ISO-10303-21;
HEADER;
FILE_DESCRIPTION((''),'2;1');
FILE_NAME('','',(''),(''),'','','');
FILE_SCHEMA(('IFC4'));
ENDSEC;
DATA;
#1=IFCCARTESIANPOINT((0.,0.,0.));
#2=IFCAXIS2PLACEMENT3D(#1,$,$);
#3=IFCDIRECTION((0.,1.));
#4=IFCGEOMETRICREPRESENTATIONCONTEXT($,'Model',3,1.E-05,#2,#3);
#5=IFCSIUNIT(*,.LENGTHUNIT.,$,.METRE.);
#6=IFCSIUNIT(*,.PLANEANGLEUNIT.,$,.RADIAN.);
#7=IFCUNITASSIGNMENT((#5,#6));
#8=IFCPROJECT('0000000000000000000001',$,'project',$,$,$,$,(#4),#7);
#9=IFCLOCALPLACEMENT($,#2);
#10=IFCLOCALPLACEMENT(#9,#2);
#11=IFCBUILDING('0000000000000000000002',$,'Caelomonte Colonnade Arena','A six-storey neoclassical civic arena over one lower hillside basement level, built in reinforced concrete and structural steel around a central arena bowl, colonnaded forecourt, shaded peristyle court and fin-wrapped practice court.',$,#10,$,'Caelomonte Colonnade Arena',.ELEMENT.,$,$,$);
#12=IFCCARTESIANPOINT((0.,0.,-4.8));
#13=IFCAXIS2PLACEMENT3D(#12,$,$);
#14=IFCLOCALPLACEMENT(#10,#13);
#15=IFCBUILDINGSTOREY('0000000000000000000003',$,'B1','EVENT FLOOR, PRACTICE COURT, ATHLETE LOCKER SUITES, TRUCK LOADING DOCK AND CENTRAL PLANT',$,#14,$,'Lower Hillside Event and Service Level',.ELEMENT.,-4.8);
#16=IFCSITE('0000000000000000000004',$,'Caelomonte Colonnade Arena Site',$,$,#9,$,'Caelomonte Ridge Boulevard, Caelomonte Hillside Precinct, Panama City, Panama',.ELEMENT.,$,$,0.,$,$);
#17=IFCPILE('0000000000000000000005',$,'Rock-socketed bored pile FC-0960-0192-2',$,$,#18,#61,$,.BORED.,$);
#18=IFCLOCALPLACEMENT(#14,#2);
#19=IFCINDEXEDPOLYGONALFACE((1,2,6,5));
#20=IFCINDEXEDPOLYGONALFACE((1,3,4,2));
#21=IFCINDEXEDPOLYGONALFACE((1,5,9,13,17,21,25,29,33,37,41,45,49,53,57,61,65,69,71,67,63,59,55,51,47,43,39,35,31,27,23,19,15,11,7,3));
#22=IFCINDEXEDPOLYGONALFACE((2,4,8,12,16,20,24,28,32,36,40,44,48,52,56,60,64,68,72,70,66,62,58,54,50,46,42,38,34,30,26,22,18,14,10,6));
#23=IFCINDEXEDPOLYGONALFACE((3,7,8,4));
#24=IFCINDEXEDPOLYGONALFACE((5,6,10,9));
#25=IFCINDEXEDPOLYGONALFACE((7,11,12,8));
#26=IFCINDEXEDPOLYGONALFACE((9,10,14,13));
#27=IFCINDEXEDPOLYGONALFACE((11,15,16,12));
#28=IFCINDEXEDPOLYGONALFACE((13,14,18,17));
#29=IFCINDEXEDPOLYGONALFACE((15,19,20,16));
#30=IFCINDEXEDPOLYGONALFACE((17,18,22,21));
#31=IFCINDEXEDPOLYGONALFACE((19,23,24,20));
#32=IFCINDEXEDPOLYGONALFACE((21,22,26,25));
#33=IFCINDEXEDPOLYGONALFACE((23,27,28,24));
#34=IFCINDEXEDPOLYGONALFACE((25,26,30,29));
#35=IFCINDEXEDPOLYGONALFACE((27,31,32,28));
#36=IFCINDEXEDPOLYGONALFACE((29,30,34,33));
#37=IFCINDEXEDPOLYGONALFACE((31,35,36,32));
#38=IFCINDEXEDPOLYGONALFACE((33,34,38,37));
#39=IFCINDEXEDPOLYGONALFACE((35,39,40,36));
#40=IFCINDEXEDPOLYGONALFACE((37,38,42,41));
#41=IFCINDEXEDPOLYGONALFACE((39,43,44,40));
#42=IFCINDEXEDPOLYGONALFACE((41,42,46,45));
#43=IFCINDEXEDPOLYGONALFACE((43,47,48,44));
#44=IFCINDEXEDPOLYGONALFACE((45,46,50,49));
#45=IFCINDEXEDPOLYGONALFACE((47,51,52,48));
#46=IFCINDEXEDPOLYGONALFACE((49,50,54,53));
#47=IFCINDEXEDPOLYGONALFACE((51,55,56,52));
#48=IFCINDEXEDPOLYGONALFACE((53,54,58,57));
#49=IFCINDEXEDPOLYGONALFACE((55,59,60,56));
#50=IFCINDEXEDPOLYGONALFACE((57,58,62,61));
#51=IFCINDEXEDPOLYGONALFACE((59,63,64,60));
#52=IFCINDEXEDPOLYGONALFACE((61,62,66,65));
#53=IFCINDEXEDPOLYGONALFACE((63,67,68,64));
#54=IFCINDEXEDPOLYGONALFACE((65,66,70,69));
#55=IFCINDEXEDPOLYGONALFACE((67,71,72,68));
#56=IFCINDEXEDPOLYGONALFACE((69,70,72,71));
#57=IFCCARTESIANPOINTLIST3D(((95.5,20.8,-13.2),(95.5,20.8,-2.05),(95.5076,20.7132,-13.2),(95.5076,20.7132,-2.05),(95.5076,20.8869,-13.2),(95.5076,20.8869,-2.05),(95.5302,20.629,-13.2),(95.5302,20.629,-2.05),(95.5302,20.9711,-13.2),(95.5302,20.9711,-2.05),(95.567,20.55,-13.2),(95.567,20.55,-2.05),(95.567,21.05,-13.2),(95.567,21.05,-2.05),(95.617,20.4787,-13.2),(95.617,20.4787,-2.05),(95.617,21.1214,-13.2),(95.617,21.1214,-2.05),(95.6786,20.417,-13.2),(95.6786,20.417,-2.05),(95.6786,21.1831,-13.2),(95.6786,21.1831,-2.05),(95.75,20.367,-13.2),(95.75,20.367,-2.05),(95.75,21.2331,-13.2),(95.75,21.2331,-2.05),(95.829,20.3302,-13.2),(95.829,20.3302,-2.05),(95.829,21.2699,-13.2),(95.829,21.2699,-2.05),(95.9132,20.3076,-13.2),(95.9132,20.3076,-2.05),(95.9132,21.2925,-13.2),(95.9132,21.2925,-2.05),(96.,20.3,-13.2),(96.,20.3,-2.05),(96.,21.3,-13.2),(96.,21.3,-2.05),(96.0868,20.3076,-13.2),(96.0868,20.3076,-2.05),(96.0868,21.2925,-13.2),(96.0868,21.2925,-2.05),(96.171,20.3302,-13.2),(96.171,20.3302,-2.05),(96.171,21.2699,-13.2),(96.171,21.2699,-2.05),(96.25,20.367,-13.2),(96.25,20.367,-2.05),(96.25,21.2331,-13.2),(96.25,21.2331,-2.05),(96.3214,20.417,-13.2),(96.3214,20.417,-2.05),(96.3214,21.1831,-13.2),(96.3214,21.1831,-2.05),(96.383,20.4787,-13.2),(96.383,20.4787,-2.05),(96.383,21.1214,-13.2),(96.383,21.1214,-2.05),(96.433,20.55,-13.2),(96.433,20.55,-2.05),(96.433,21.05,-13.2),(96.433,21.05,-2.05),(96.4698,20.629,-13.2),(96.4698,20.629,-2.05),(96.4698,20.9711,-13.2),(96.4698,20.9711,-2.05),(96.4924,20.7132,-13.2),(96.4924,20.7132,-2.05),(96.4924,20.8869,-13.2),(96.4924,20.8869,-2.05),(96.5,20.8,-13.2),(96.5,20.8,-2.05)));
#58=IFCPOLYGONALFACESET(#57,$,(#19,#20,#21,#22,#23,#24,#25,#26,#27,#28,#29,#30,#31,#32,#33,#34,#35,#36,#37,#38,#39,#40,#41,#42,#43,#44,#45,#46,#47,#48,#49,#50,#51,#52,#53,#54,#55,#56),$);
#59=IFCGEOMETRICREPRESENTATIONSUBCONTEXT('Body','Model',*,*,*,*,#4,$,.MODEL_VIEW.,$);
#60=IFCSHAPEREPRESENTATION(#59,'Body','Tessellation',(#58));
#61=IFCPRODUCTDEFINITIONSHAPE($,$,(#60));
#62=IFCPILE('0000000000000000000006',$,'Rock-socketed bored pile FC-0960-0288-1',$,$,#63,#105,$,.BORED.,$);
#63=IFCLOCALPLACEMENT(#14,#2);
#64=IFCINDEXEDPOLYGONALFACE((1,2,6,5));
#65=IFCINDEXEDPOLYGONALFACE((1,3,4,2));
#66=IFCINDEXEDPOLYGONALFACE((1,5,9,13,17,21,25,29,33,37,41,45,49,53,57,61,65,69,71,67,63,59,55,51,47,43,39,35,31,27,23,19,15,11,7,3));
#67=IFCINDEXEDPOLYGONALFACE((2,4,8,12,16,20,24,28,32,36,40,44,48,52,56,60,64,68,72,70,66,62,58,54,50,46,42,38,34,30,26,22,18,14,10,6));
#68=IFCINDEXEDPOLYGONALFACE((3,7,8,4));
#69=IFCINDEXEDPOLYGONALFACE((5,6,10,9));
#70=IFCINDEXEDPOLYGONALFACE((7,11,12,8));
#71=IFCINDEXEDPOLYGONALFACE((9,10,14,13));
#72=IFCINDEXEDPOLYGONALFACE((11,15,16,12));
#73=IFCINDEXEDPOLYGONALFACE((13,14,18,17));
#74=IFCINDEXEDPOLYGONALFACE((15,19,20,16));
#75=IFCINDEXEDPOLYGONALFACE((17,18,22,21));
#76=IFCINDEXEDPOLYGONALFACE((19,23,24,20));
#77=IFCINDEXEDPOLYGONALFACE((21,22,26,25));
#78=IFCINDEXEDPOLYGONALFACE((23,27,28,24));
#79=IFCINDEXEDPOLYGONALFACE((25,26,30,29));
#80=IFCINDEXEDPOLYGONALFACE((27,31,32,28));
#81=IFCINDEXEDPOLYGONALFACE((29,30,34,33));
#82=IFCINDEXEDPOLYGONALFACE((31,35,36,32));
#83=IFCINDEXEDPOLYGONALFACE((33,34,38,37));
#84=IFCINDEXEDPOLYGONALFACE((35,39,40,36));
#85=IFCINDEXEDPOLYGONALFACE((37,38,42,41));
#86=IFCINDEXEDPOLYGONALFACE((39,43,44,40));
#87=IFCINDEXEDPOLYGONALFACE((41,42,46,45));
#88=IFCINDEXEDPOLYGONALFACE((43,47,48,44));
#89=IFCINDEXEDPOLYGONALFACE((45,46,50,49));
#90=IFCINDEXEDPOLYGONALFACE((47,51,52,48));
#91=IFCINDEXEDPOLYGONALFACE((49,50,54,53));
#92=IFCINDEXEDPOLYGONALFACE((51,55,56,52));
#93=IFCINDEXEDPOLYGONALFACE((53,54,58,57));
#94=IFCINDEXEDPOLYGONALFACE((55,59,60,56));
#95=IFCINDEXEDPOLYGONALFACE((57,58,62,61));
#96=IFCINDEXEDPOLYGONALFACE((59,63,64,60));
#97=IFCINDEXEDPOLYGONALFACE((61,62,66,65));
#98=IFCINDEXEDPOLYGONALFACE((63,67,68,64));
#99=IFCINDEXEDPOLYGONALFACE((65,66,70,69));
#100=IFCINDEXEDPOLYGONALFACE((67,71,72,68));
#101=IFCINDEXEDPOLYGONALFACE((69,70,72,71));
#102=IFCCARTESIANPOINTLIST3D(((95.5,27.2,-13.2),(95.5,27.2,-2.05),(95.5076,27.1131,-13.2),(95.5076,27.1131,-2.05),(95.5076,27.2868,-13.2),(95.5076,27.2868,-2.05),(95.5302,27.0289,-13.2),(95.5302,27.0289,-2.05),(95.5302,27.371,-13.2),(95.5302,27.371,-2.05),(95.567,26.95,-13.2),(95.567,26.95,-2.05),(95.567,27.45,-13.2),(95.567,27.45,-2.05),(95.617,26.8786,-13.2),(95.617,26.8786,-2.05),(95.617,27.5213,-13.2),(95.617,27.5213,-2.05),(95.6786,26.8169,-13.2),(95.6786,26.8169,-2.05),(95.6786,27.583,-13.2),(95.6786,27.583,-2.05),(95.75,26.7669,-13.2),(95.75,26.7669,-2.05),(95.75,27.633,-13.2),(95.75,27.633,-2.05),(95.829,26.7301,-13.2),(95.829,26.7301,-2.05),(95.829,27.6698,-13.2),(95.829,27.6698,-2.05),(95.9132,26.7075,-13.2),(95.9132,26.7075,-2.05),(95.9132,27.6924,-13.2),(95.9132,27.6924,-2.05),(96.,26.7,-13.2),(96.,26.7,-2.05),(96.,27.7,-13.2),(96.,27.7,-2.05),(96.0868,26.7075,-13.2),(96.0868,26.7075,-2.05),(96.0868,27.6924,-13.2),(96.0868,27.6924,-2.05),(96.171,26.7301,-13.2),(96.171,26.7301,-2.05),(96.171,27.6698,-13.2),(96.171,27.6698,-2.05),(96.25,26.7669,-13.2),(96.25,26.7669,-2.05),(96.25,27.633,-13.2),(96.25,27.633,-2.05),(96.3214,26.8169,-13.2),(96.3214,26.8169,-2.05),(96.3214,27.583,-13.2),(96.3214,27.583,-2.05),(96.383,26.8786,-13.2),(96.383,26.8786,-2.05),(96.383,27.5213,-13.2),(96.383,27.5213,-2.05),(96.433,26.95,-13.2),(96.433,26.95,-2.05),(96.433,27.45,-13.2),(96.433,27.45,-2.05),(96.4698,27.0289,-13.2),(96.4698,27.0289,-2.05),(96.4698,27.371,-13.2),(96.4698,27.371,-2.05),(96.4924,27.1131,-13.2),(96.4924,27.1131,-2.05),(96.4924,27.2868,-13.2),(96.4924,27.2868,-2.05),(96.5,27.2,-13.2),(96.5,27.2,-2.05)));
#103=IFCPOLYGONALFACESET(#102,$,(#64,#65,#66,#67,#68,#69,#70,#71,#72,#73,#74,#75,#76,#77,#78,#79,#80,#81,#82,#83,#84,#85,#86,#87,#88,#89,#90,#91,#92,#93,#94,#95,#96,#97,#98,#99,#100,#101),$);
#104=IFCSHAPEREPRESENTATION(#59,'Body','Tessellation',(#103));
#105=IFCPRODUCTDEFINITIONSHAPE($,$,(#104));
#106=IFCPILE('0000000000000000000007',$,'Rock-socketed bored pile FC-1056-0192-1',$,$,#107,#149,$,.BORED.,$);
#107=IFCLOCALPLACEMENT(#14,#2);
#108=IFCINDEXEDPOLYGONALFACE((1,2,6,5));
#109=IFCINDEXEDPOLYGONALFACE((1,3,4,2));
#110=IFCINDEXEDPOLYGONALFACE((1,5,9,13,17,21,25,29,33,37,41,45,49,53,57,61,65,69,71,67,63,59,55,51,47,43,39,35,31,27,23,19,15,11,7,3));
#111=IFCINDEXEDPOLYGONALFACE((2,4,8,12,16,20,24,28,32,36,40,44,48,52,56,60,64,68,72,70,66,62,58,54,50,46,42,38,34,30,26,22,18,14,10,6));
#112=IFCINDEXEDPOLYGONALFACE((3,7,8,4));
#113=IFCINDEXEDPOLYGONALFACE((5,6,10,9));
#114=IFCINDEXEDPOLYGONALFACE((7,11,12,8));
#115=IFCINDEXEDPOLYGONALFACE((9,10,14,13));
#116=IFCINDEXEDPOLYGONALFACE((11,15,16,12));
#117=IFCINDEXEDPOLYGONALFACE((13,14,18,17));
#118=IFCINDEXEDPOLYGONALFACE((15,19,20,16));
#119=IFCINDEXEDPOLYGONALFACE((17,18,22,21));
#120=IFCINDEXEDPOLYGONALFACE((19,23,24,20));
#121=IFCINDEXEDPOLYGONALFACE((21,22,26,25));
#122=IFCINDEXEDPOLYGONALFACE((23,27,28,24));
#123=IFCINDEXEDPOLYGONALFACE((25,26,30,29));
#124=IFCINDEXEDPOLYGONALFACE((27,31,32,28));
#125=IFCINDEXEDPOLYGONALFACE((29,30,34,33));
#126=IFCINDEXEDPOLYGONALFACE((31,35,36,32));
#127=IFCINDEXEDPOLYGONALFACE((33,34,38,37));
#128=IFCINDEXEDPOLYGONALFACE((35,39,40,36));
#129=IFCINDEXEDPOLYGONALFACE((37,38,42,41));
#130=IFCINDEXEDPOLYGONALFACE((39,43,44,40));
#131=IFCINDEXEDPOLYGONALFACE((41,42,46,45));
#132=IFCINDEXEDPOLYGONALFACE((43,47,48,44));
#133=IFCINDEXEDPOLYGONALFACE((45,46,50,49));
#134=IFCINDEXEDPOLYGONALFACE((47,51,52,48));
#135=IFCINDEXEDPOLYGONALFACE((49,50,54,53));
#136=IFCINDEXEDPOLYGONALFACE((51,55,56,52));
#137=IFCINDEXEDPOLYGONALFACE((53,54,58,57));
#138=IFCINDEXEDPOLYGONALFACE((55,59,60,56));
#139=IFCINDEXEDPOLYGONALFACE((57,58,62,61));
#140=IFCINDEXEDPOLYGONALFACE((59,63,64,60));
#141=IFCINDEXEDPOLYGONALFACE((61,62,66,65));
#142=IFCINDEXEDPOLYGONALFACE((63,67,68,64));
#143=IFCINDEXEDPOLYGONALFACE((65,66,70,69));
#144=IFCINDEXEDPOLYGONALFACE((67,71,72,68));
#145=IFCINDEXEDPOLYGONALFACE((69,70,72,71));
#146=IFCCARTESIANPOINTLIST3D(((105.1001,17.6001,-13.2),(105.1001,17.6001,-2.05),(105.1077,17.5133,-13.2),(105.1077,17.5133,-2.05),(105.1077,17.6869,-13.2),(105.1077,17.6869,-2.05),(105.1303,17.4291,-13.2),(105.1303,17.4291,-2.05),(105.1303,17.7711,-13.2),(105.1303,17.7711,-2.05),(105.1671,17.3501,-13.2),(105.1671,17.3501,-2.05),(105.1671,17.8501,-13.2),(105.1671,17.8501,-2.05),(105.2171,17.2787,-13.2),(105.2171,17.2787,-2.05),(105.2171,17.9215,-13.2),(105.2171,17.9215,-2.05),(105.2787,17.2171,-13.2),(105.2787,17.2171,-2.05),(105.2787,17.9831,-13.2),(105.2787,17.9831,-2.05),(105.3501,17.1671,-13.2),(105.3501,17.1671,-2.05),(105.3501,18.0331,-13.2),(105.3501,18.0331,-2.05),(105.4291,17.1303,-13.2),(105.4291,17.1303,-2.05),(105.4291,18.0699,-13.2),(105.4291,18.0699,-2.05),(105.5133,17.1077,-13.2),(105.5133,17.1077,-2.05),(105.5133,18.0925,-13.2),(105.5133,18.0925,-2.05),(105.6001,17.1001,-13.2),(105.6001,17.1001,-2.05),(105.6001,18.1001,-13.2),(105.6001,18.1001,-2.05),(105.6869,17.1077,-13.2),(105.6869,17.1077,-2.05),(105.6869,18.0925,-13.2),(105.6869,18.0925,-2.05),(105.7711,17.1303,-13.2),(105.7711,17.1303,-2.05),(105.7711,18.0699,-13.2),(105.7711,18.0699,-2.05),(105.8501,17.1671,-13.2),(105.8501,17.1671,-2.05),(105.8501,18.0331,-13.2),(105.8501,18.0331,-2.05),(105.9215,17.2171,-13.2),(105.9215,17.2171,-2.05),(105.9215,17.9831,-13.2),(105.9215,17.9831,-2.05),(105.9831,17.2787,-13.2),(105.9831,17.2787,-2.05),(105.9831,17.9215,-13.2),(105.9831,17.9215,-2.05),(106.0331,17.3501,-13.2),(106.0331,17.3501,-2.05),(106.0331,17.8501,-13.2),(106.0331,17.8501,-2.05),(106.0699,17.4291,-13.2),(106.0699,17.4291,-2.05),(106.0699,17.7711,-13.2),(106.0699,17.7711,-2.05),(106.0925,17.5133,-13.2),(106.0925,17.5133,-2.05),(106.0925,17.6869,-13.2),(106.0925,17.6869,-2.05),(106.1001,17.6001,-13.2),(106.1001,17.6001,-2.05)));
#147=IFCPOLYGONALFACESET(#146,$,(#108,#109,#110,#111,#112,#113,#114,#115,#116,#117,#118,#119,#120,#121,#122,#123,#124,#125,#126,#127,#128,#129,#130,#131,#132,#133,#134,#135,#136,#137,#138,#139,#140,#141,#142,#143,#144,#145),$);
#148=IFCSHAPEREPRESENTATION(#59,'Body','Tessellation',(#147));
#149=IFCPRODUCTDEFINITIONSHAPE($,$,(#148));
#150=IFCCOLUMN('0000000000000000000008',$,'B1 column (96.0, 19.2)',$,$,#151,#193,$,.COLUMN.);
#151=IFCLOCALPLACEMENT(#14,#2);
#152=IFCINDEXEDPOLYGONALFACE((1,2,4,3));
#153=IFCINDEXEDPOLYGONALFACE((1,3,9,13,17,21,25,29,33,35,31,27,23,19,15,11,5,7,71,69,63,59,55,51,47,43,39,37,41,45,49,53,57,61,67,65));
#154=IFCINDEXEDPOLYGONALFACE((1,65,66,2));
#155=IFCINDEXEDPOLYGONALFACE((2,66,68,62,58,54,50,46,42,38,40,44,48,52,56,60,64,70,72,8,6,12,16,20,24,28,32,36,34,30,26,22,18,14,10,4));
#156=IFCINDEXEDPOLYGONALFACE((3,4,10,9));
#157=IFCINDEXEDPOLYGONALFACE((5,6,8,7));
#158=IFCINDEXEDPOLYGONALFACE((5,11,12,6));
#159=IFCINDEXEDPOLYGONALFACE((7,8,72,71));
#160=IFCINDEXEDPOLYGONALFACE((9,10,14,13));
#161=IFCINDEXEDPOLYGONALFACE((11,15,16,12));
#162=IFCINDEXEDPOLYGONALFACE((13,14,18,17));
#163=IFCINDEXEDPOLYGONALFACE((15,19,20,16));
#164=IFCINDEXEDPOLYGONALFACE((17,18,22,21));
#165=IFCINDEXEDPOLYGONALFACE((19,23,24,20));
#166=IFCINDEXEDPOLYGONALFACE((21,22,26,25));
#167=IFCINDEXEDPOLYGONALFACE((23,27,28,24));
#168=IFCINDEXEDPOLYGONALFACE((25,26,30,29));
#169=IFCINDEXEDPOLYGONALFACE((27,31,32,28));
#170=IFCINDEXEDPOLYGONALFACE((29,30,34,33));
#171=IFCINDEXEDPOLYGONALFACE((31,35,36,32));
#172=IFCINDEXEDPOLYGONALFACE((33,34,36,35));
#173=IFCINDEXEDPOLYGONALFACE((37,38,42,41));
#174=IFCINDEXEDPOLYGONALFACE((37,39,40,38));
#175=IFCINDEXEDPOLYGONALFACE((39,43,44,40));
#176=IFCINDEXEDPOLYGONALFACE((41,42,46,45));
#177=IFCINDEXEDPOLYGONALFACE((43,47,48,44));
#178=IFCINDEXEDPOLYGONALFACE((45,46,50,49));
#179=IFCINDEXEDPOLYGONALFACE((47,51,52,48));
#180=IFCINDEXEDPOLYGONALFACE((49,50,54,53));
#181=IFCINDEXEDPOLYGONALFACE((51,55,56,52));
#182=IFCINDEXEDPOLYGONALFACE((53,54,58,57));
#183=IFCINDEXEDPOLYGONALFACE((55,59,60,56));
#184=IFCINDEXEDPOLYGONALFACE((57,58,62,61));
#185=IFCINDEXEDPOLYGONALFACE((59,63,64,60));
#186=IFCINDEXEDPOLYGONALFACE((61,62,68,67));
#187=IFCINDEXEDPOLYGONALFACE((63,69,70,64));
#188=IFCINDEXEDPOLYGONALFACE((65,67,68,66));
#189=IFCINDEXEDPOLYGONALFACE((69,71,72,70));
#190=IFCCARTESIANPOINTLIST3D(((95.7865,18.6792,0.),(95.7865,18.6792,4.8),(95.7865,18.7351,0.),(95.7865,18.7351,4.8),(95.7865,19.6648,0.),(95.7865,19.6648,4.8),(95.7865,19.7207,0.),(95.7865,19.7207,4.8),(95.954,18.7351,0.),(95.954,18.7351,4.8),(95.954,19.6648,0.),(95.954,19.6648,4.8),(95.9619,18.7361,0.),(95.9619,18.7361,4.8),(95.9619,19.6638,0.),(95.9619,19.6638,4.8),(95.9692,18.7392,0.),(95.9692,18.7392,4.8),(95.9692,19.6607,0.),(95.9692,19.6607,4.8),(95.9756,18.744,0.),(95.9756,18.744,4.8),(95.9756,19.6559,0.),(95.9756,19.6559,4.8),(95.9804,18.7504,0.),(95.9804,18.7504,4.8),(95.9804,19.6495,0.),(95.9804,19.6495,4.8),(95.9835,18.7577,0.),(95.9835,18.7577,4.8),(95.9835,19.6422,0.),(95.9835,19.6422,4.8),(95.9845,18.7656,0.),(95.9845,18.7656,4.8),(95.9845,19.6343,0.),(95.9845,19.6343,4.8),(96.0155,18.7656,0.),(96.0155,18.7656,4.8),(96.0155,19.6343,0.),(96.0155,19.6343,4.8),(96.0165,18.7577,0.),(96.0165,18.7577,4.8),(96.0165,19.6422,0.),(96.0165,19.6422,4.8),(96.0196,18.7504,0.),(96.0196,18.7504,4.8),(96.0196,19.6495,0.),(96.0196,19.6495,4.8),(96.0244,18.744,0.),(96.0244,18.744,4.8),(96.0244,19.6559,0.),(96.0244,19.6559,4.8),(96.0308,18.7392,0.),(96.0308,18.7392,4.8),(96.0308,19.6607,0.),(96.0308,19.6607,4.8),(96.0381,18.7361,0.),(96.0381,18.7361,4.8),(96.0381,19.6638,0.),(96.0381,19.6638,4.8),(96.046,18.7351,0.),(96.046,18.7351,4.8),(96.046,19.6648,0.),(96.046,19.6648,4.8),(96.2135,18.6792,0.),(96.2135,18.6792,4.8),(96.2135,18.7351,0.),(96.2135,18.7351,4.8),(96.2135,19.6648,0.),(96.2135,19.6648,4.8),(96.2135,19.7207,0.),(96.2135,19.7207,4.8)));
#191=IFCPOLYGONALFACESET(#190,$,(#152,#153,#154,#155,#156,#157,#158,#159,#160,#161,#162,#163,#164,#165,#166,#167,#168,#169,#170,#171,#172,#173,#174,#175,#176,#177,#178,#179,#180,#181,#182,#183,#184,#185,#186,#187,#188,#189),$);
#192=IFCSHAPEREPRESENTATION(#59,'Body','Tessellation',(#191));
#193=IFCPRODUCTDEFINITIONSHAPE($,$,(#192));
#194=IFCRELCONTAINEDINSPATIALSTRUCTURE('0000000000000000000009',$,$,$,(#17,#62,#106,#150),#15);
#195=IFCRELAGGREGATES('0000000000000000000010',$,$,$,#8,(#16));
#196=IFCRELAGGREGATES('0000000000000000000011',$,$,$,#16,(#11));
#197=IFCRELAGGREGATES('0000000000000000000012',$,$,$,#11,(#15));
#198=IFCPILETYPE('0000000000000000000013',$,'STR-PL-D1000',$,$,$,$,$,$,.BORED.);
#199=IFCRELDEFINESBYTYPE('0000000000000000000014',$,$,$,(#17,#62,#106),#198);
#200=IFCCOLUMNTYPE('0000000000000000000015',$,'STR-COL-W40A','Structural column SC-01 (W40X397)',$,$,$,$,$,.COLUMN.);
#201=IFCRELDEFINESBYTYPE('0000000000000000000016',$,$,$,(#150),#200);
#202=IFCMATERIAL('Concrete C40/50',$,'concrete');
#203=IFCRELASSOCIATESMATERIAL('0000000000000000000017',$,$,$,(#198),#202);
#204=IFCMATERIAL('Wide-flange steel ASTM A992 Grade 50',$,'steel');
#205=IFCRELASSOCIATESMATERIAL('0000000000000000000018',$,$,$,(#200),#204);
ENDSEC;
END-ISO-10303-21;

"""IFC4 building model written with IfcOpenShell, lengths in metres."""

from ifc_helpers import new_model, si_unit, direction, frame, origin, origin_2d, place, context, subcontext, project, spatial, circle, i_section, extrude, material, material_profile, profile_set, type_object, element, save


model = new_model("IFC4")

# Units and contexts
model_context = context("Model", 3, precision=1e-05, world=origin(), true_north=direction((0.0, 1.0)))
body_context = subcontext(model_context, "Body", "Model", "MODEL_VIEW")
ifc_project = project(units=[si_unit("LENGTHUNIT", "METRE"), si_unit("PLANEANGLEUNIT", "RADIAN")], contexts=[model_context])

# Site, building, storey
site_placement = place(None, origin())
site = spatial("IfcSite", under=ifc_project, at=site_placement, Name="Caelomonte Colonnade Arena Site", LongName="Caelomonte Ridge Boulevard, Caelomonte Hillside Precinct, Panama City, Panama", CompositionType="ELEMENT", RefElevation=0.0)
building_placement = place(site_placement, origin())
building = spatial("IfcBuilding", under=site, at=building_placement, Name="Caelomonte Colonnade Arena", Description="A six-storey neoclassical civic arena over one lower hillside basement level, built in reinforced concrete and structural steel around a central arena bowl, colonnaded forecourt, shaded peristyle court and fin-wrapped practice court.", LongName="Caelomonte Colonnade Arena", CompositionType="ELEMENT")
storey_placement = place(building_placement, frame((0.0, 0.0, -4.8)))
storey = spatial("IfcBuildingStorey", under=building, at=storey_placement, Name="B1", Description="EVENT FLOOR, PRACTICE COURT, ATHLETE LOCKER SUITES, TRUCK LOADING DOCK AND CENTRAL PLANT", LongName="Lower Hillside Event and Service Level", CompositionType="ELEMENT", Elevation=-4.8)

# Shared definitions
ifc_material_1 = material(Name="Concrete C40/50", Category="concrete")

# Piles
ifc_material_profile_1 = material_profile(ifc_material_1, circle(Radius=0.5, at=origin_2d()), Name="PILE-D1000")
ifc_profile_set_1 = profile_set([ifc_material_profile_1], Name="Concrete C40/50")
pile_type = type_object("IfcPileType", Name="STR-PL-D1000", PredefinedType="BORED", material=ifc_profile_set_1)
for number, where, z_axis, x_axis, name in (
    (1, (96.0, 20.8, -2.05), (0.0, 0.0, -1.0), (1.0, 0.0, 0.0), "Rock-socketed bored pile FC-0960-0192-2"),
    (2, (96.0, 27.2, -2.05), (0.0, 0.0, -1.0), (1.0, 0.0, 0.0), "Rock-socketed bored pile FC-0960-0288-1"),
    (3, (105.6001, 17.6001, -2.05), (0.0, 0.0, -1.0), (1.0, 0.0, 0.0), "Rock-socketed bored pile FC-1056-0192-1"),
):
    element("IfcPile", number, at=place(storey_placement, frame(where, z_axis=z_axis, x_axis=x_axis)), inside=storey, type_object=pile_type, Name=name, PredefinedType="BORED", context=body_context, shape_type="SweptSolid", body=[
        extrude(circle(Radius=0.5, at=origin_2d()), origin(), (0.0, 0.0, 1.0), 11.1499),
    ])

# Column
ifc_material_2 = material(Name="Wide-flange steel ASTM A992 Grade 50", Category="steel")
ifc_material_profile_2 = material_profile(ifc_material_2, i_section(OverallWidth=0.427, OverallDepth=1.0415, WebThickness=0.031, FlangeThickness=0.0559, FilletRadius=0.0305, at=origin_2d()), Name="W40X397")
ifc_profile_set_2 = profile_set([ifc_material_profile_2], Name="Wide-flange steel ASTM A992 Grade 50")
column_type = type_object("IfcColumnType", Name="STR-COL-W40A", Description="Structural column SC-01 (W40X397)", PredefinedType="COLUMN", material=ifc_profile_set_2)
for number, where, z_axis, x_axis, name in (
    (4, (96.0, 19.2, 0.0), (0.0, 0.0, 1.0), (1.0, 0.0, 0.0), "B1 column (96.0, 19.2)"),
):
    element("IfcColumn", number, at=place(storey_placement, frame(where, z_axis=z_axis, x_axis=x_axis)), inside=storey, type_object=column_type, Name=name, PredefinedType="COLUMN", context=body_context, shape_type="SweptSolid", body=[
        extrude(i_section(OverallWidth=0.427, OverallDepth=1.0415, WebThickness=0.031, FlangeThickness=0.0559, FilletRadius=0.0305, at=origin_2d()), origin(), (0.0, 0.0, 1.0), 4.8),
    ])

save(model, "model.ifc")
